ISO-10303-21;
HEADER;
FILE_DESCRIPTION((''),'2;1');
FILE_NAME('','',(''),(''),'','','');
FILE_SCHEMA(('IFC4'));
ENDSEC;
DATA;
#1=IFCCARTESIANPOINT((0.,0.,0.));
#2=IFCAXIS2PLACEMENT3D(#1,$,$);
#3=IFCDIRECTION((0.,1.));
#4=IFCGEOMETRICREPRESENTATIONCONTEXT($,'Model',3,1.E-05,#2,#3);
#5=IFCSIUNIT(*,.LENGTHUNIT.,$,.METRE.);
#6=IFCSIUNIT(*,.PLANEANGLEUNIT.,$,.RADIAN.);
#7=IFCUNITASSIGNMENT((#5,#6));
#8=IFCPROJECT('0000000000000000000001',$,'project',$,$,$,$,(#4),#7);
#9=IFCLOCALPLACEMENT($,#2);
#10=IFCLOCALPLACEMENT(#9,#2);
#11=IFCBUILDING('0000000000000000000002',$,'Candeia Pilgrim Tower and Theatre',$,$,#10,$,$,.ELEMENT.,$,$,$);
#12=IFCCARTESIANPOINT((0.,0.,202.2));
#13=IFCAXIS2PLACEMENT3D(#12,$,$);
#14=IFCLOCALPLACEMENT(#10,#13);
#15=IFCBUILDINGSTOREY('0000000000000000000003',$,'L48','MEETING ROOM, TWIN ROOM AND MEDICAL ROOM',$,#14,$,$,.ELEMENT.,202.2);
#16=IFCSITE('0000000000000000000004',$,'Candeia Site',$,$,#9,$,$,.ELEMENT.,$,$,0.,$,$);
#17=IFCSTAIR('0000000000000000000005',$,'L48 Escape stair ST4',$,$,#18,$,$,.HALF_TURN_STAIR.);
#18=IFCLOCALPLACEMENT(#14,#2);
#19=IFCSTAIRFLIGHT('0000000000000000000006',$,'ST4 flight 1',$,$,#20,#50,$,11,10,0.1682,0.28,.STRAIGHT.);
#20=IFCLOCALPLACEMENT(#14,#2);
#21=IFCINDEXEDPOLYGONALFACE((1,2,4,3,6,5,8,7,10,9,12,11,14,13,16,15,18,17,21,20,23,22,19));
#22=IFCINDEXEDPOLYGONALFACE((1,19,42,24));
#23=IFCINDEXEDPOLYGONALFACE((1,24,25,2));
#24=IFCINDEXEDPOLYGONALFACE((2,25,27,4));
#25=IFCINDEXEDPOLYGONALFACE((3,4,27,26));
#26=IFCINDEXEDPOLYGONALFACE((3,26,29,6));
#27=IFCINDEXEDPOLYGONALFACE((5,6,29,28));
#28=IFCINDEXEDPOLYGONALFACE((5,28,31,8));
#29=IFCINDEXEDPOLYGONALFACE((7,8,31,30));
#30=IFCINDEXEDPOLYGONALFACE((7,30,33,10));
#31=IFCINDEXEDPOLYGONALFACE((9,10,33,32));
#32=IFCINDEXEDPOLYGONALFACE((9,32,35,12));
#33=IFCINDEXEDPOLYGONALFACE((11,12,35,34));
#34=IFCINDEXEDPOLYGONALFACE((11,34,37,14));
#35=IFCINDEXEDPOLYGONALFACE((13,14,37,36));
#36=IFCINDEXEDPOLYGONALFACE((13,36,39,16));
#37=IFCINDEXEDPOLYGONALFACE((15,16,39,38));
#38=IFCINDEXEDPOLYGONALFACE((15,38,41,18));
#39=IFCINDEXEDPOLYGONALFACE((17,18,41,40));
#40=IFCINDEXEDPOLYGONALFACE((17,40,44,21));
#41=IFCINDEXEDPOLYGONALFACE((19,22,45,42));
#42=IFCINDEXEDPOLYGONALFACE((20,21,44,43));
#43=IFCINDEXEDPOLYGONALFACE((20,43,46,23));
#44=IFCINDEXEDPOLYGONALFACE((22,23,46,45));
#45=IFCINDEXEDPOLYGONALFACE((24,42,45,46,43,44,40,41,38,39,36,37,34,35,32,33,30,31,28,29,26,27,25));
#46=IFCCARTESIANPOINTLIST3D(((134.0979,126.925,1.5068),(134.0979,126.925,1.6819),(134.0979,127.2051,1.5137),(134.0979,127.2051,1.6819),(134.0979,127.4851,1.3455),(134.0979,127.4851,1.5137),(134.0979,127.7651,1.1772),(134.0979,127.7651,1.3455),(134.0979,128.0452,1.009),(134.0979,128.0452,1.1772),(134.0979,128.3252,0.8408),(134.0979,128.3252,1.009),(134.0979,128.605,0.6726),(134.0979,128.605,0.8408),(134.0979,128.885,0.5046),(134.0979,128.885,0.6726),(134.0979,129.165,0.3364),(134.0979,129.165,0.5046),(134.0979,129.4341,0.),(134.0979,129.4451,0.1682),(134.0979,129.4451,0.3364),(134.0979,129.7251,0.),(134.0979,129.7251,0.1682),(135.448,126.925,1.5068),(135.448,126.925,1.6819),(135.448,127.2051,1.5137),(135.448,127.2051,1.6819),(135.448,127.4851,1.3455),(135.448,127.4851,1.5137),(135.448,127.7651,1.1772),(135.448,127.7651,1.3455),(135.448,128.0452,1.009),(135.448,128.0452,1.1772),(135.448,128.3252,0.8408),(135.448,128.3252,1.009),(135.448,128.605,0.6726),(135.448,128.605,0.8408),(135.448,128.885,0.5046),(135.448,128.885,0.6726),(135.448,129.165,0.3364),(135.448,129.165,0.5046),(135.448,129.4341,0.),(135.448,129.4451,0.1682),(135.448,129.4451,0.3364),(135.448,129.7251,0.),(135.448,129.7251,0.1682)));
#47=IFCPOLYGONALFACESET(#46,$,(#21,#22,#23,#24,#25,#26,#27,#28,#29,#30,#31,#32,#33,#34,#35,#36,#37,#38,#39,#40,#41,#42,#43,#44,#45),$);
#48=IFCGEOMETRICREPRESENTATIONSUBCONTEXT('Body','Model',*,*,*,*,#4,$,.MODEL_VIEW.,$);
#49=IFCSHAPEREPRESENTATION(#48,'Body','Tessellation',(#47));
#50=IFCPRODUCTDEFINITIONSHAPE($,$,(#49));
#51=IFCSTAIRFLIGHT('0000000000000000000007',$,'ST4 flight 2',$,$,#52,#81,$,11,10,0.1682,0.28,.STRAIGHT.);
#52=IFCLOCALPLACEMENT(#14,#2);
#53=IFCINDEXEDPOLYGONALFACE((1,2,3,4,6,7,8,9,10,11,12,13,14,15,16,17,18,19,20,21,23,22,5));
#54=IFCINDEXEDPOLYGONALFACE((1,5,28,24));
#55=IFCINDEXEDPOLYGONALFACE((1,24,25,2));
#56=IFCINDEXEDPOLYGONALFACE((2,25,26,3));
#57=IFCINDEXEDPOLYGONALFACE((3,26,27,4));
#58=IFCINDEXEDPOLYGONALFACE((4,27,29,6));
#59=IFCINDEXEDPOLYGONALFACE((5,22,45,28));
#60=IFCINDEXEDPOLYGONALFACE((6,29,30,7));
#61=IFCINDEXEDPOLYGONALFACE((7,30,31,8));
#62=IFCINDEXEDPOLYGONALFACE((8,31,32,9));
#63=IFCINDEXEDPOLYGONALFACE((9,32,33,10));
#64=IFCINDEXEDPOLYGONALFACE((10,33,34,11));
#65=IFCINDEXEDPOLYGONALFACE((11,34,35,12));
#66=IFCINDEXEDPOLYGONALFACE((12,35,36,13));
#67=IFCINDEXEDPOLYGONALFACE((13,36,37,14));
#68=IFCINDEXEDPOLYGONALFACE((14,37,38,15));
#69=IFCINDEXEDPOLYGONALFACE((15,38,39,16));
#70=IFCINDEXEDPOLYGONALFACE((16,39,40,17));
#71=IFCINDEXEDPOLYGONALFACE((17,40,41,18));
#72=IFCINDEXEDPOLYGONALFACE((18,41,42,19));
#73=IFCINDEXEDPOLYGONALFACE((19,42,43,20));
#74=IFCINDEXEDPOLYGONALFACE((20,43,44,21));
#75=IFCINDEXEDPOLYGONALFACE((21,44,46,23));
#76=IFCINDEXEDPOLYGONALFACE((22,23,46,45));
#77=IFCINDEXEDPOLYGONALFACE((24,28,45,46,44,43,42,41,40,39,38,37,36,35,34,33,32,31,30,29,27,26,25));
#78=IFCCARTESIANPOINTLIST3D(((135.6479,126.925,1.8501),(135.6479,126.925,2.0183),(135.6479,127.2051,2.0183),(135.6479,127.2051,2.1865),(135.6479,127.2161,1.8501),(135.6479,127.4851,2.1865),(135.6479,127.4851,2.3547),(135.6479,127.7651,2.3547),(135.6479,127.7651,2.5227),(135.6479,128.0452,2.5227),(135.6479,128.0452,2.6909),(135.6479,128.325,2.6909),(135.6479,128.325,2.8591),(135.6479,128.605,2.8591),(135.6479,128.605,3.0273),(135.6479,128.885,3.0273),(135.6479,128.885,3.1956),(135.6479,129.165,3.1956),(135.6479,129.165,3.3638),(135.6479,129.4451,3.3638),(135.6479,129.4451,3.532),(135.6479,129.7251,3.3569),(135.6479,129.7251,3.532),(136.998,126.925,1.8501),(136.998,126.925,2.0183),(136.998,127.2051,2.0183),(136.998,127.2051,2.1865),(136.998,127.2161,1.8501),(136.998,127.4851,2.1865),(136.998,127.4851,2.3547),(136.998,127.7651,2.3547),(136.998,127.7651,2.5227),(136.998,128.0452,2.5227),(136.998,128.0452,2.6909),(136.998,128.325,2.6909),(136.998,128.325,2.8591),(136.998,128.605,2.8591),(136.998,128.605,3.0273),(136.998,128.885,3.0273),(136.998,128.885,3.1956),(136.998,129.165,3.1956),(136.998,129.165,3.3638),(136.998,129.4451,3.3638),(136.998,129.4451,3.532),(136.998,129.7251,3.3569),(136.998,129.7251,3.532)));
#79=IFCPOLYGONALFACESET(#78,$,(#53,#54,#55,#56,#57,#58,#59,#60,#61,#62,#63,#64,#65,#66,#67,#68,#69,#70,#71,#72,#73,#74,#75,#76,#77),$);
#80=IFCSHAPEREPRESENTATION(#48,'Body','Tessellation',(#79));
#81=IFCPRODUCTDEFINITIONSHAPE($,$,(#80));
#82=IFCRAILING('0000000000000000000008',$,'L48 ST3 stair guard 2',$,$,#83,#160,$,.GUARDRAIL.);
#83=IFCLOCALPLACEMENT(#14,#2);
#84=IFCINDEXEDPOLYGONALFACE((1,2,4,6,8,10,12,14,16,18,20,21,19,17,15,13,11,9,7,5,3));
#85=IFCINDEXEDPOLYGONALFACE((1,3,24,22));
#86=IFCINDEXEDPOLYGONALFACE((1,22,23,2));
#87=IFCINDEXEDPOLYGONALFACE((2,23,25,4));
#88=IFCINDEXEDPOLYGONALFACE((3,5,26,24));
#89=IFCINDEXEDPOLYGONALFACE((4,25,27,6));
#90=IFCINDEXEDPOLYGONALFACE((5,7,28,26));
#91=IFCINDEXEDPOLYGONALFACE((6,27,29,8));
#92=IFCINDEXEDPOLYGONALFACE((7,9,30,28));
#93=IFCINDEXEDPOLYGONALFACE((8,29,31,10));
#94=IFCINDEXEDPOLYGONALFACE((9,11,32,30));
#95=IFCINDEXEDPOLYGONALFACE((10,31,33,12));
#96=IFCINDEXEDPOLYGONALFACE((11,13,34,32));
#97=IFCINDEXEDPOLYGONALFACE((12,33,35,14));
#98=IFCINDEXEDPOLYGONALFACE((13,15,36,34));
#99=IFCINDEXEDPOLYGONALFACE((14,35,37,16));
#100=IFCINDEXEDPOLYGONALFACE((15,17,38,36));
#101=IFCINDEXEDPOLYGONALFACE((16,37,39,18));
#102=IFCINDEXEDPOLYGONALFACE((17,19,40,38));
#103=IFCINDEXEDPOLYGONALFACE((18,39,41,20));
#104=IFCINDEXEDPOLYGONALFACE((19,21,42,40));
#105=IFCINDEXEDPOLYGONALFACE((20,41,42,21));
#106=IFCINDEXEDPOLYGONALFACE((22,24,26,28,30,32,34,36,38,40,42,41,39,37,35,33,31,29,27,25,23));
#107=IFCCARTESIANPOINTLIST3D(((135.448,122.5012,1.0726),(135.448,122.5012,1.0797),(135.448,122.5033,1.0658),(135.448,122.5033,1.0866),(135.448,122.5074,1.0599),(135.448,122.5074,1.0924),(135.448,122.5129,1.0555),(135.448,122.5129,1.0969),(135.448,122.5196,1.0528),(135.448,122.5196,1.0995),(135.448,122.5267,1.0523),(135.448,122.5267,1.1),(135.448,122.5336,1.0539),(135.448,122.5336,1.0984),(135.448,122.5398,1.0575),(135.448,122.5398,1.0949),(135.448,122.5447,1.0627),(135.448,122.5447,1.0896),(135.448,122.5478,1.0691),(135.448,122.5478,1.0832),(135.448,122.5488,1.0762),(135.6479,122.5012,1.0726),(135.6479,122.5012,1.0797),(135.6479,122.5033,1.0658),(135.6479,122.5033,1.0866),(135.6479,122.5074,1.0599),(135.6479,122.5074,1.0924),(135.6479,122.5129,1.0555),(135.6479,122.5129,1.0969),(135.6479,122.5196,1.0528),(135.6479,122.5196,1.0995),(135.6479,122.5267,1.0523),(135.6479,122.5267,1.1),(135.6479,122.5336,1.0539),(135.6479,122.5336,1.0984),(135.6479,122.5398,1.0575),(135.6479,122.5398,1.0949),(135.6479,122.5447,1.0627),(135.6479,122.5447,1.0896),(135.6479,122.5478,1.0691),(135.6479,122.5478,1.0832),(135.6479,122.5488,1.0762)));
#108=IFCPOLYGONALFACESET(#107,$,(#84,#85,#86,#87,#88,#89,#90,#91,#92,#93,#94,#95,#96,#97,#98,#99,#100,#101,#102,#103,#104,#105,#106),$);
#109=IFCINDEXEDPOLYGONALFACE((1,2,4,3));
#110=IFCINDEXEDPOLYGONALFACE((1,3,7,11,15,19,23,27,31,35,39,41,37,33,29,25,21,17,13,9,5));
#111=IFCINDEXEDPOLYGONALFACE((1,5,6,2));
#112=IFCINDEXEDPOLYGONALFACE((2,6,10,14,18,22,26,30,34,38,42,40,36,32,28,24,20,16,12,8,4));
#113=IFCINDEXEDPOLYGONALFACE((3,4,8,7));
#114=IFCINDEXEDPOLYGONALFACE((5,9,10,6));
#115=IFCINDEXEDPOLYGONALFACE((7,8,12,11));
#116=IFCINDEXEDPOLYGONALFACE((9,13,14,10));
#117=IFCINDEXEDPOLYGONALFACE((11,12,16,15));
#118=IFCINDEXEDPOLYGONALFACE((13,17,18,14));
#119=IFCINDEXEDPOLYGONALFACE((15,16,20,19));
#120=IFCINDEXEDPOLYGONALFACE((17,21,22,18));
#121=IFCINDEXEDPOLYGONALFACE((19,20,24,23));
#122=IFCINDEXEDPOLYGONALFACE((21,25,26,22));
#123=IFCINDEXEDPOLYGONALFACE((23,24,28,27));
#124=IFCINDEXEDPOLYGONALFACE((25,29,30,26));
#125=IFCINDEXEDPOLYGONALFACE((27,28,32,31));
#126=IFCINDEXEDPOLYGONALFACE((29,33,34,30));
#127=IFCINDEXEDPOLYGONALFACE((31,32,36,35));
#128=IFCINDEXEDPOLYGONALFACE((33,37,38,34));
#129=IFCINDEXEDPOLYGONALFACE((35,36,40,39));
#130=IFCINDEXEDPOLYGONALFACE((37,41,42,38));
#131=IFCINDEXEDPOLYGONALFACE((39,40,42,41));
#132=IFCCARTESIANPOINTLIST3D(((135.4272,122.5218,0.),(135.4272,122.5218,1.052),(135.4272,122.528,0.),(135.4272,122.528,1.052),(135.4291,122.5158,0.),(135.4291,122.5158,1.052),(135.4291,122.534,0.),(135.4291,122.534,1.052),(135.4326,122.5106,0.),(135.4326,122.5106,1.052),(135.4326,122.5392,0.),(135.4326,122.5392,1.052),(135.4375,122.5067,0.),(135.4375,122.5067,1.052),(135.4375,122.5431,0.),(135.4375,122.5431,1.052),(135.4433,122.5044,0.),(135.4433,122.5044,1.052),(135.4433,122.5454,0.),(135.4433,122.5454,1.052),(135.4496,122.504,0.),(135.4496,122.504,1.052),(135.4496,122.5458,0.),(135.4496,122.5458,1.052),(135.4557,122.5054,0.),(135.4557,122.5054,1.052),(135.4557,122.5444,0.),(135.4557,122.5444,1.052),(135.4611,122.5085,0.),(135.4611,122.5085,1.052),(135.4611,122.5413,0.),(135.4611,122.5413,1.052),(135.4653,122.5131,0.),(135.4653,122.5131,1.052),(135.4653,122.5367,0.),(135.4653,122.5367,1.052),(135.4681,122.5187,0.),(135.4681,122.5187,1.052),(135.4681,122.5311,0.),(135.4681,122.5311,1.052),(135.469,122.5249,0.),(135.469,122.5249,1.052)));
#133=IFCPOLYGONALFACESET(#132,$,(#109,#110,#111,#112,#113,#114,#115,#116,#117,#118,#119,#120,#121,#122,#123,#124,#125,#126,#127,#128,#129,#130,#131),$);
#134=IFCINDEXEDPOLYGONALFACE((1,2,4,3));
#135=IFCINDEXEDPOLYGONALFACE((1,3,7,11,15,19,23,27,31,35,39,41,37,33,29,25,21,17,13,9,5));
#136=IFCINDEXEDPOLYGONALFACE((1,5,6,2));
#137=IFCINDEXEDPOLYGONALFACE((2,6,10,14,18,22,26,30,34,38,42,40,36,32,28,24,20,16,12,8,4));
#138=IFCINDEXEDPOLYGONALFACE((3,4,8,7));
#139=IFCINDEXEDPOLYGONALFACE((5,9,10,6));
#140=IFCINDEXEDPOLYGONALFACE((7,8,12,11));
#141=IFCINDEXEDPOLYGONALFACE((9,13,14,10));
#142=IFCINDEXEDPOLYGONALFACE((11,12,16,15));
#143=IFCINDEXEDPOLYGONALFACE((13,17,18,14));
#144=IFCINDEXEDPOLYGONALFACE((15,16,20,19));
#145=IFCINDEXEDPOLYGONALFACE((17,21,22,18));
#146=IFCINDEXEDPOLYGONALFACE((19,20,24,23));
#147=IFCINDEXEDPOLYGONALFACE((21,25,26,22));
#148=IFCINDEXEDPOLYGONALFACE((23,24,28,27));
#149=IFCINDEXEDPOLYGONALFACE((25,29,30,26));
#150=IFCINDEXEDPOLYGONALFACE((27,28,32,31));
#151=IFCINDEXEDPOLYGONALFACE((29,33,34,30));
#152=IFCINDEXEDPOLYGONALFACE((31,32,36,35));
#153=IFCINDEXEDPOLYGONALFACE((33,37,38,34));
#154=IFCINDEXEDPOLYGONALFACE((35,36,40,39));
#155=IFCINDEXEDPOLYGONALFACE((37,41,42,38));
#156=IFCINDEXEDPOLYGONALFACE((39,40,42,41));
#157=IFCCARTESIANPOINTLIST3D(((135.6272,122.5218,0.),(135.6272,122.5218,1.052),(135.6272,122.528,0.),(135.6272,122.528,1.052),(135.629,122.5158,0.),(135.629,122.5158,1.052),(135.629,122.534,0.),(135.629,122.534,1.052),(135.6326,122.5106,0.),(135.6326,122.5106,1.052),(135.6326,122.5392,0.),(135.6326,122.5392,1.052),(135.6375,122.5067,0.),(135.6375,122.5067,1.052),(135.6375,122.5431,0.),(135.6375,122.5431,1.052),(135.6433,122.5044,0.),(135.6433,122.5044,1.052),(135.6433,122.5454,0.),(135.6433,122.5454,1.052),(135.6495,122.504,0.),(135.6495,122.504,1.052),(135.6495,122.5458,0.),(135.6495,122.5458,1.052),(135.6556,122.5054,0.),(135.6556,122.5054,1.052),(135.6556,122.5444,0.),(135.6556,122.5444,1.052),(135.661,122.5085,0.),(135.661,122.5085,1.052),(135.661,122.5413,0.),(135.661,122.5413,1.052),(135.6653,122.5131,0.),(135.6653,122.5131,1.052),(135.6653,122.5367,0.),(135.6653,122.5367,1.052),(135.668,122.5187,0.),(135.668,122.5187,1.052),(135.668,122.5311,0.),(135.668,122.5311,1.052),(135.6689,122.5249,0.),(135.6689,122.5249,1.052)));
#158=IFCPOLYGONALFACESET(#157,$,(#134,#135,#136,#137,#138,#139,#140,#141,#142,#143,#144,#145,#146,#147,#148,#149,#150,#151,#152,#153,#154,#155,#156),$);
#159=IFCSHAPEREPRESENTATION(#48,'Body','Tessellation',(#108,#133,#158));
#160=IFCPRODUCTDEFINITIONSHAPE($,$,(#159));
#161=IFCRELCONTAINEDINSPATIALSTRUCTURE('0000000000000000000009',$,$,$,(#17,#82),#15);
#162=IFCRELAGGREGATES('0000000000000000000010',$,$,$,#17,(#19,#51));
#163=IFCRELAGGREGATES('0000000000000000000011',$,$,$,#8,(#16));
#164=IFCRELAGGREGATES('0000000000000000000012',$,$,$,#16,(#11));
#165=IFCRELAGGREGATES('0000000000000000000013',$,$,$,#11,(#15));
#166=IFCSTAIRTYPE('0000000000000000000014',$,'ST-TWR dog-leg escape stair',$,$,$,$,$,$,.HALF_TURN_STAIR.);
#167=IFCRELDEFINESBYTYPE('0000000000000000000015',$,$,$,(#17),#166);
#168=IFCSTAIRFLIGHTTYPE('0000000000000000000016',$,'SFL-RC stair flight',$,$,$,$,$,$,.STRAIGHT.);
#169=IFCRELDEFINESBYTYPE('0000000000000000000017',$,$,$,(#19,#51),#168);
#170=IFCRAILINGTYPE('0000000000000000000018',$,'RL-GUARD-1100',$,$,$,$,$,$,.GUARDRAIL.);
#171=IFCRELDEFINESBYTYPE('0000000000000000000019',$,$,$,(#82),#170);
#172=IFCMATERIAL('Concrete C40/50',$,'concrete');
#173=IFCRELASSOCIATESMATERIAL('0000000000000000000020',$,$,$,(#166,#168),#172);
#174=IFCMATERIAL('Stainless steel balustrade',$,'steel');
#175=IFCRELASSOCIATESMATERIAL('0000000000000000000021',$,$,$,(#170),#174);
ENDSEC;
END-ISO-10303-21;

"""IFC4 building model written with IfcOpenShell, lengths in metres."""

from ifc_helpers import new_model, si_unit, direction, frame, origin, origin_2d, place, context, subcontext, project, spatial, polyline, circle, outline, extrude, material, type_object, element, aggregate, save


model = new_model("IFC4")

# Units and contexts
model_context = context("Model", 3, precision=1e-05, world=origin(), true_north=direction((0.0, 1.0)))
body_context = subcontext(model_context, "Body", "Model", "MODEL_VIEW")
ifc_project = project(units=[si_unit("LENGTHUNIT", "METRE"), si_unit("PLANEANGLEUNIT", "RADIAN")], contexts=[model_context])

# Site, building, storey
site_placement = place(None, origin())
site = spatial("IfcSite", under=ifc_project, at=site_placement, Name="Candeia Site", CompositionType="ELEMENT", RefElevation=0.0)
building_placement = place(site_placement, origin())
building = spatial("IfcBuilding", under=site, at=building_placement, Name="Candeia Pilgrim Tower and Theatre", CompositionType="ELEMENT")
storey_placement = place(building_placement, frame((0.0, 0.0, 202.2)))
storey = spatial("IfcBuildingStorey", under=building, at=storey_placement, Name="L48", Description="MEETING ROOM, TWIN ROOM AND MEDICAL ROOM", CompositionType="ELEMENT", Elevation=202.2)

# Shared definitions
ifc_material_1 = material(Name="Concrete C40/50", Category="concrete")

# Stair, stair flights
stair_type = type_object("IfcStairType", Name="ST-TWR dog-leg escape stair", PredefinedType="HALF_TURN_STAIR", material=ifc_material_1)
stair_flight_type = type_object("IfcStairFlightType", Name="SFL-RC stair flight", PredefinedType="STRAIGHT", material=ifc_material_1)
stair_1_placement = place(storey_placement, origin())
stair_1 = element("IfcStair", 1, at=stair_1_placement, inside=storey, type_object=stair_type, Name="L48 Escape stair ST4", PredefinedType="HALF_TURN_STAIR")
stair_flight_1_placement = place(storey_placement, frame((134.7729, 129.7251, 0.0), z_axis=(0.0, 0.0, 1.0), x_axis=(0.0, -1.0, 0.0)))
stair_flight_1 = element("IfcStairFlight", 2, at=stair_flight_1_placement, type_object=stair_flight_type, Name="ST4 flight 1", NumberOfRisers=11, NumberOfTreads=10, PredefinedType="STRAIGHT", RiserHeight=0.1682, TreadLength=0.28, context=body_context, shape_type="SweptSolid", body=[
    extrude(outline(polyline([(0.0, 0.0), (0.0, 0.1682), (0.28, 0.1682), (0.28, 0.3364), (0.5601, 0.3364), (0.5601, 0.5046), (0.8401, 0.5046), (0.8401, 0.6726), (1.1201, 0.6726), (1.1201, 0.8408), (1.3999, 0.8408), (1.3999, 1.009), (1.6799, 1.009), (1.6799, 1.1772), (1.96, 1.1772), (1.96, 1.3455), (2.24, 1.3455), (2.24, 1.5137), (2.52, 1.5137), (2.52, 1.6819), (2.8, 1.6819), (2.8, 1.8501), (2.8, 1.5068), (0.291, 0.0), (0.0, 0.0)])), frame((0.0, 0.675, 0.0), z_axis=(0.0, -1.0, 0.0), x_axis=(1.0, 0.0, 0.0)), (0.0, 0.0, 1.0), 1.3501),
])
stair_flight_2_placement = place(storey_placement, frame((136.323, 126.925, 1.8501), z_axis=(0.0, 0.0, 1.0), x_axis=(0.0, 1.0, 0.0)))
stair_flight_2 = element("IfcStairFlight", 3, at=stair_flight_2_placement, type_object=stair_flight_type, Name="ST4 flight 2", NumberOfRisers=11, NumberOfTreads=10, PredefinedType="STRAIGHT", RiserHeight=0.1682, TreadLength=0.28, context=body_context, shape_type="SweptSolid", body=[
    extrude(outline(polyline([(0.0, 0.0), (0.0, 0.1682), (0.28, 0.1682), (0.28, 0.3364), (0.5601, 0.3364), (0.5601, 0.5046), (0.8401, 0.5046), (0.8401, 0.6726), (1.1201, 0.6726), (1.1201, 0.8408), (1.3999, 0.8408), (1.3999, 1.009), (1.6799, 1.009), (1.6799, 1.1772), (1.96, 1.1772), (1.96, 1.3455), (2.24, 1.3455), (2.24, 1.5137), (2.52, 1.5137), (2.52, 1.6819), (2.8, 1.6819), (2.8, 1.8501), (2.8, 1.5068), (0.291, 0.0), (0.0, 0.0)])), frame((0.0, 0.675, 0.0), z_axis=(0.0, -1.0, 0.0), x_axis=(1.0, 0.0, 0.0)), (0.0, 0.0, 1.0), 1.3501),
])
aggregate(stair_1, [stair_flight_1, stair_flight_2])

# Railing
ifc_material_2 = material(Name="Stainless steel balustrade", Category="steel")
railing_type_1 = type_object("IfcRailingType", Name="RL-GUARD-1100", PredefinedType="GUARDRAIL", material=ifc_material_2)
railing_1_placement = place(storey_placement, frame((135.448, 122.5249, 0.0)))
element("IfcRailing", 4, at=railing_1_placement, inside=storey, type_object=railing_type_1, Name="L48 ST3 stair guard 2", PredefinedType="GUARDRAIL", context=body_context, shape_type="SweptSolid", body=[
    extrude(circle(Radius=0.0239, at=origin_2d()), frame((0.0, 0.0, 1.0762), z_axis=(1.0, 0.0, 0.0), x_axis=(0.0, 1.0, 0.0)), (0.0, 0.0, 1.0), 0.2),
    extrude(circle(Radius=0.021, at=origin_2d()), origin(), (0.0, 0.0, 1.0), 1.052),
    extrude(circle(Radius=0.021, at=origin_2d()), frame((0.2, 0.0, 0.0)), (0.0, 0.0, 1.0), 1.052),
])

save(model, "model.ifc")
